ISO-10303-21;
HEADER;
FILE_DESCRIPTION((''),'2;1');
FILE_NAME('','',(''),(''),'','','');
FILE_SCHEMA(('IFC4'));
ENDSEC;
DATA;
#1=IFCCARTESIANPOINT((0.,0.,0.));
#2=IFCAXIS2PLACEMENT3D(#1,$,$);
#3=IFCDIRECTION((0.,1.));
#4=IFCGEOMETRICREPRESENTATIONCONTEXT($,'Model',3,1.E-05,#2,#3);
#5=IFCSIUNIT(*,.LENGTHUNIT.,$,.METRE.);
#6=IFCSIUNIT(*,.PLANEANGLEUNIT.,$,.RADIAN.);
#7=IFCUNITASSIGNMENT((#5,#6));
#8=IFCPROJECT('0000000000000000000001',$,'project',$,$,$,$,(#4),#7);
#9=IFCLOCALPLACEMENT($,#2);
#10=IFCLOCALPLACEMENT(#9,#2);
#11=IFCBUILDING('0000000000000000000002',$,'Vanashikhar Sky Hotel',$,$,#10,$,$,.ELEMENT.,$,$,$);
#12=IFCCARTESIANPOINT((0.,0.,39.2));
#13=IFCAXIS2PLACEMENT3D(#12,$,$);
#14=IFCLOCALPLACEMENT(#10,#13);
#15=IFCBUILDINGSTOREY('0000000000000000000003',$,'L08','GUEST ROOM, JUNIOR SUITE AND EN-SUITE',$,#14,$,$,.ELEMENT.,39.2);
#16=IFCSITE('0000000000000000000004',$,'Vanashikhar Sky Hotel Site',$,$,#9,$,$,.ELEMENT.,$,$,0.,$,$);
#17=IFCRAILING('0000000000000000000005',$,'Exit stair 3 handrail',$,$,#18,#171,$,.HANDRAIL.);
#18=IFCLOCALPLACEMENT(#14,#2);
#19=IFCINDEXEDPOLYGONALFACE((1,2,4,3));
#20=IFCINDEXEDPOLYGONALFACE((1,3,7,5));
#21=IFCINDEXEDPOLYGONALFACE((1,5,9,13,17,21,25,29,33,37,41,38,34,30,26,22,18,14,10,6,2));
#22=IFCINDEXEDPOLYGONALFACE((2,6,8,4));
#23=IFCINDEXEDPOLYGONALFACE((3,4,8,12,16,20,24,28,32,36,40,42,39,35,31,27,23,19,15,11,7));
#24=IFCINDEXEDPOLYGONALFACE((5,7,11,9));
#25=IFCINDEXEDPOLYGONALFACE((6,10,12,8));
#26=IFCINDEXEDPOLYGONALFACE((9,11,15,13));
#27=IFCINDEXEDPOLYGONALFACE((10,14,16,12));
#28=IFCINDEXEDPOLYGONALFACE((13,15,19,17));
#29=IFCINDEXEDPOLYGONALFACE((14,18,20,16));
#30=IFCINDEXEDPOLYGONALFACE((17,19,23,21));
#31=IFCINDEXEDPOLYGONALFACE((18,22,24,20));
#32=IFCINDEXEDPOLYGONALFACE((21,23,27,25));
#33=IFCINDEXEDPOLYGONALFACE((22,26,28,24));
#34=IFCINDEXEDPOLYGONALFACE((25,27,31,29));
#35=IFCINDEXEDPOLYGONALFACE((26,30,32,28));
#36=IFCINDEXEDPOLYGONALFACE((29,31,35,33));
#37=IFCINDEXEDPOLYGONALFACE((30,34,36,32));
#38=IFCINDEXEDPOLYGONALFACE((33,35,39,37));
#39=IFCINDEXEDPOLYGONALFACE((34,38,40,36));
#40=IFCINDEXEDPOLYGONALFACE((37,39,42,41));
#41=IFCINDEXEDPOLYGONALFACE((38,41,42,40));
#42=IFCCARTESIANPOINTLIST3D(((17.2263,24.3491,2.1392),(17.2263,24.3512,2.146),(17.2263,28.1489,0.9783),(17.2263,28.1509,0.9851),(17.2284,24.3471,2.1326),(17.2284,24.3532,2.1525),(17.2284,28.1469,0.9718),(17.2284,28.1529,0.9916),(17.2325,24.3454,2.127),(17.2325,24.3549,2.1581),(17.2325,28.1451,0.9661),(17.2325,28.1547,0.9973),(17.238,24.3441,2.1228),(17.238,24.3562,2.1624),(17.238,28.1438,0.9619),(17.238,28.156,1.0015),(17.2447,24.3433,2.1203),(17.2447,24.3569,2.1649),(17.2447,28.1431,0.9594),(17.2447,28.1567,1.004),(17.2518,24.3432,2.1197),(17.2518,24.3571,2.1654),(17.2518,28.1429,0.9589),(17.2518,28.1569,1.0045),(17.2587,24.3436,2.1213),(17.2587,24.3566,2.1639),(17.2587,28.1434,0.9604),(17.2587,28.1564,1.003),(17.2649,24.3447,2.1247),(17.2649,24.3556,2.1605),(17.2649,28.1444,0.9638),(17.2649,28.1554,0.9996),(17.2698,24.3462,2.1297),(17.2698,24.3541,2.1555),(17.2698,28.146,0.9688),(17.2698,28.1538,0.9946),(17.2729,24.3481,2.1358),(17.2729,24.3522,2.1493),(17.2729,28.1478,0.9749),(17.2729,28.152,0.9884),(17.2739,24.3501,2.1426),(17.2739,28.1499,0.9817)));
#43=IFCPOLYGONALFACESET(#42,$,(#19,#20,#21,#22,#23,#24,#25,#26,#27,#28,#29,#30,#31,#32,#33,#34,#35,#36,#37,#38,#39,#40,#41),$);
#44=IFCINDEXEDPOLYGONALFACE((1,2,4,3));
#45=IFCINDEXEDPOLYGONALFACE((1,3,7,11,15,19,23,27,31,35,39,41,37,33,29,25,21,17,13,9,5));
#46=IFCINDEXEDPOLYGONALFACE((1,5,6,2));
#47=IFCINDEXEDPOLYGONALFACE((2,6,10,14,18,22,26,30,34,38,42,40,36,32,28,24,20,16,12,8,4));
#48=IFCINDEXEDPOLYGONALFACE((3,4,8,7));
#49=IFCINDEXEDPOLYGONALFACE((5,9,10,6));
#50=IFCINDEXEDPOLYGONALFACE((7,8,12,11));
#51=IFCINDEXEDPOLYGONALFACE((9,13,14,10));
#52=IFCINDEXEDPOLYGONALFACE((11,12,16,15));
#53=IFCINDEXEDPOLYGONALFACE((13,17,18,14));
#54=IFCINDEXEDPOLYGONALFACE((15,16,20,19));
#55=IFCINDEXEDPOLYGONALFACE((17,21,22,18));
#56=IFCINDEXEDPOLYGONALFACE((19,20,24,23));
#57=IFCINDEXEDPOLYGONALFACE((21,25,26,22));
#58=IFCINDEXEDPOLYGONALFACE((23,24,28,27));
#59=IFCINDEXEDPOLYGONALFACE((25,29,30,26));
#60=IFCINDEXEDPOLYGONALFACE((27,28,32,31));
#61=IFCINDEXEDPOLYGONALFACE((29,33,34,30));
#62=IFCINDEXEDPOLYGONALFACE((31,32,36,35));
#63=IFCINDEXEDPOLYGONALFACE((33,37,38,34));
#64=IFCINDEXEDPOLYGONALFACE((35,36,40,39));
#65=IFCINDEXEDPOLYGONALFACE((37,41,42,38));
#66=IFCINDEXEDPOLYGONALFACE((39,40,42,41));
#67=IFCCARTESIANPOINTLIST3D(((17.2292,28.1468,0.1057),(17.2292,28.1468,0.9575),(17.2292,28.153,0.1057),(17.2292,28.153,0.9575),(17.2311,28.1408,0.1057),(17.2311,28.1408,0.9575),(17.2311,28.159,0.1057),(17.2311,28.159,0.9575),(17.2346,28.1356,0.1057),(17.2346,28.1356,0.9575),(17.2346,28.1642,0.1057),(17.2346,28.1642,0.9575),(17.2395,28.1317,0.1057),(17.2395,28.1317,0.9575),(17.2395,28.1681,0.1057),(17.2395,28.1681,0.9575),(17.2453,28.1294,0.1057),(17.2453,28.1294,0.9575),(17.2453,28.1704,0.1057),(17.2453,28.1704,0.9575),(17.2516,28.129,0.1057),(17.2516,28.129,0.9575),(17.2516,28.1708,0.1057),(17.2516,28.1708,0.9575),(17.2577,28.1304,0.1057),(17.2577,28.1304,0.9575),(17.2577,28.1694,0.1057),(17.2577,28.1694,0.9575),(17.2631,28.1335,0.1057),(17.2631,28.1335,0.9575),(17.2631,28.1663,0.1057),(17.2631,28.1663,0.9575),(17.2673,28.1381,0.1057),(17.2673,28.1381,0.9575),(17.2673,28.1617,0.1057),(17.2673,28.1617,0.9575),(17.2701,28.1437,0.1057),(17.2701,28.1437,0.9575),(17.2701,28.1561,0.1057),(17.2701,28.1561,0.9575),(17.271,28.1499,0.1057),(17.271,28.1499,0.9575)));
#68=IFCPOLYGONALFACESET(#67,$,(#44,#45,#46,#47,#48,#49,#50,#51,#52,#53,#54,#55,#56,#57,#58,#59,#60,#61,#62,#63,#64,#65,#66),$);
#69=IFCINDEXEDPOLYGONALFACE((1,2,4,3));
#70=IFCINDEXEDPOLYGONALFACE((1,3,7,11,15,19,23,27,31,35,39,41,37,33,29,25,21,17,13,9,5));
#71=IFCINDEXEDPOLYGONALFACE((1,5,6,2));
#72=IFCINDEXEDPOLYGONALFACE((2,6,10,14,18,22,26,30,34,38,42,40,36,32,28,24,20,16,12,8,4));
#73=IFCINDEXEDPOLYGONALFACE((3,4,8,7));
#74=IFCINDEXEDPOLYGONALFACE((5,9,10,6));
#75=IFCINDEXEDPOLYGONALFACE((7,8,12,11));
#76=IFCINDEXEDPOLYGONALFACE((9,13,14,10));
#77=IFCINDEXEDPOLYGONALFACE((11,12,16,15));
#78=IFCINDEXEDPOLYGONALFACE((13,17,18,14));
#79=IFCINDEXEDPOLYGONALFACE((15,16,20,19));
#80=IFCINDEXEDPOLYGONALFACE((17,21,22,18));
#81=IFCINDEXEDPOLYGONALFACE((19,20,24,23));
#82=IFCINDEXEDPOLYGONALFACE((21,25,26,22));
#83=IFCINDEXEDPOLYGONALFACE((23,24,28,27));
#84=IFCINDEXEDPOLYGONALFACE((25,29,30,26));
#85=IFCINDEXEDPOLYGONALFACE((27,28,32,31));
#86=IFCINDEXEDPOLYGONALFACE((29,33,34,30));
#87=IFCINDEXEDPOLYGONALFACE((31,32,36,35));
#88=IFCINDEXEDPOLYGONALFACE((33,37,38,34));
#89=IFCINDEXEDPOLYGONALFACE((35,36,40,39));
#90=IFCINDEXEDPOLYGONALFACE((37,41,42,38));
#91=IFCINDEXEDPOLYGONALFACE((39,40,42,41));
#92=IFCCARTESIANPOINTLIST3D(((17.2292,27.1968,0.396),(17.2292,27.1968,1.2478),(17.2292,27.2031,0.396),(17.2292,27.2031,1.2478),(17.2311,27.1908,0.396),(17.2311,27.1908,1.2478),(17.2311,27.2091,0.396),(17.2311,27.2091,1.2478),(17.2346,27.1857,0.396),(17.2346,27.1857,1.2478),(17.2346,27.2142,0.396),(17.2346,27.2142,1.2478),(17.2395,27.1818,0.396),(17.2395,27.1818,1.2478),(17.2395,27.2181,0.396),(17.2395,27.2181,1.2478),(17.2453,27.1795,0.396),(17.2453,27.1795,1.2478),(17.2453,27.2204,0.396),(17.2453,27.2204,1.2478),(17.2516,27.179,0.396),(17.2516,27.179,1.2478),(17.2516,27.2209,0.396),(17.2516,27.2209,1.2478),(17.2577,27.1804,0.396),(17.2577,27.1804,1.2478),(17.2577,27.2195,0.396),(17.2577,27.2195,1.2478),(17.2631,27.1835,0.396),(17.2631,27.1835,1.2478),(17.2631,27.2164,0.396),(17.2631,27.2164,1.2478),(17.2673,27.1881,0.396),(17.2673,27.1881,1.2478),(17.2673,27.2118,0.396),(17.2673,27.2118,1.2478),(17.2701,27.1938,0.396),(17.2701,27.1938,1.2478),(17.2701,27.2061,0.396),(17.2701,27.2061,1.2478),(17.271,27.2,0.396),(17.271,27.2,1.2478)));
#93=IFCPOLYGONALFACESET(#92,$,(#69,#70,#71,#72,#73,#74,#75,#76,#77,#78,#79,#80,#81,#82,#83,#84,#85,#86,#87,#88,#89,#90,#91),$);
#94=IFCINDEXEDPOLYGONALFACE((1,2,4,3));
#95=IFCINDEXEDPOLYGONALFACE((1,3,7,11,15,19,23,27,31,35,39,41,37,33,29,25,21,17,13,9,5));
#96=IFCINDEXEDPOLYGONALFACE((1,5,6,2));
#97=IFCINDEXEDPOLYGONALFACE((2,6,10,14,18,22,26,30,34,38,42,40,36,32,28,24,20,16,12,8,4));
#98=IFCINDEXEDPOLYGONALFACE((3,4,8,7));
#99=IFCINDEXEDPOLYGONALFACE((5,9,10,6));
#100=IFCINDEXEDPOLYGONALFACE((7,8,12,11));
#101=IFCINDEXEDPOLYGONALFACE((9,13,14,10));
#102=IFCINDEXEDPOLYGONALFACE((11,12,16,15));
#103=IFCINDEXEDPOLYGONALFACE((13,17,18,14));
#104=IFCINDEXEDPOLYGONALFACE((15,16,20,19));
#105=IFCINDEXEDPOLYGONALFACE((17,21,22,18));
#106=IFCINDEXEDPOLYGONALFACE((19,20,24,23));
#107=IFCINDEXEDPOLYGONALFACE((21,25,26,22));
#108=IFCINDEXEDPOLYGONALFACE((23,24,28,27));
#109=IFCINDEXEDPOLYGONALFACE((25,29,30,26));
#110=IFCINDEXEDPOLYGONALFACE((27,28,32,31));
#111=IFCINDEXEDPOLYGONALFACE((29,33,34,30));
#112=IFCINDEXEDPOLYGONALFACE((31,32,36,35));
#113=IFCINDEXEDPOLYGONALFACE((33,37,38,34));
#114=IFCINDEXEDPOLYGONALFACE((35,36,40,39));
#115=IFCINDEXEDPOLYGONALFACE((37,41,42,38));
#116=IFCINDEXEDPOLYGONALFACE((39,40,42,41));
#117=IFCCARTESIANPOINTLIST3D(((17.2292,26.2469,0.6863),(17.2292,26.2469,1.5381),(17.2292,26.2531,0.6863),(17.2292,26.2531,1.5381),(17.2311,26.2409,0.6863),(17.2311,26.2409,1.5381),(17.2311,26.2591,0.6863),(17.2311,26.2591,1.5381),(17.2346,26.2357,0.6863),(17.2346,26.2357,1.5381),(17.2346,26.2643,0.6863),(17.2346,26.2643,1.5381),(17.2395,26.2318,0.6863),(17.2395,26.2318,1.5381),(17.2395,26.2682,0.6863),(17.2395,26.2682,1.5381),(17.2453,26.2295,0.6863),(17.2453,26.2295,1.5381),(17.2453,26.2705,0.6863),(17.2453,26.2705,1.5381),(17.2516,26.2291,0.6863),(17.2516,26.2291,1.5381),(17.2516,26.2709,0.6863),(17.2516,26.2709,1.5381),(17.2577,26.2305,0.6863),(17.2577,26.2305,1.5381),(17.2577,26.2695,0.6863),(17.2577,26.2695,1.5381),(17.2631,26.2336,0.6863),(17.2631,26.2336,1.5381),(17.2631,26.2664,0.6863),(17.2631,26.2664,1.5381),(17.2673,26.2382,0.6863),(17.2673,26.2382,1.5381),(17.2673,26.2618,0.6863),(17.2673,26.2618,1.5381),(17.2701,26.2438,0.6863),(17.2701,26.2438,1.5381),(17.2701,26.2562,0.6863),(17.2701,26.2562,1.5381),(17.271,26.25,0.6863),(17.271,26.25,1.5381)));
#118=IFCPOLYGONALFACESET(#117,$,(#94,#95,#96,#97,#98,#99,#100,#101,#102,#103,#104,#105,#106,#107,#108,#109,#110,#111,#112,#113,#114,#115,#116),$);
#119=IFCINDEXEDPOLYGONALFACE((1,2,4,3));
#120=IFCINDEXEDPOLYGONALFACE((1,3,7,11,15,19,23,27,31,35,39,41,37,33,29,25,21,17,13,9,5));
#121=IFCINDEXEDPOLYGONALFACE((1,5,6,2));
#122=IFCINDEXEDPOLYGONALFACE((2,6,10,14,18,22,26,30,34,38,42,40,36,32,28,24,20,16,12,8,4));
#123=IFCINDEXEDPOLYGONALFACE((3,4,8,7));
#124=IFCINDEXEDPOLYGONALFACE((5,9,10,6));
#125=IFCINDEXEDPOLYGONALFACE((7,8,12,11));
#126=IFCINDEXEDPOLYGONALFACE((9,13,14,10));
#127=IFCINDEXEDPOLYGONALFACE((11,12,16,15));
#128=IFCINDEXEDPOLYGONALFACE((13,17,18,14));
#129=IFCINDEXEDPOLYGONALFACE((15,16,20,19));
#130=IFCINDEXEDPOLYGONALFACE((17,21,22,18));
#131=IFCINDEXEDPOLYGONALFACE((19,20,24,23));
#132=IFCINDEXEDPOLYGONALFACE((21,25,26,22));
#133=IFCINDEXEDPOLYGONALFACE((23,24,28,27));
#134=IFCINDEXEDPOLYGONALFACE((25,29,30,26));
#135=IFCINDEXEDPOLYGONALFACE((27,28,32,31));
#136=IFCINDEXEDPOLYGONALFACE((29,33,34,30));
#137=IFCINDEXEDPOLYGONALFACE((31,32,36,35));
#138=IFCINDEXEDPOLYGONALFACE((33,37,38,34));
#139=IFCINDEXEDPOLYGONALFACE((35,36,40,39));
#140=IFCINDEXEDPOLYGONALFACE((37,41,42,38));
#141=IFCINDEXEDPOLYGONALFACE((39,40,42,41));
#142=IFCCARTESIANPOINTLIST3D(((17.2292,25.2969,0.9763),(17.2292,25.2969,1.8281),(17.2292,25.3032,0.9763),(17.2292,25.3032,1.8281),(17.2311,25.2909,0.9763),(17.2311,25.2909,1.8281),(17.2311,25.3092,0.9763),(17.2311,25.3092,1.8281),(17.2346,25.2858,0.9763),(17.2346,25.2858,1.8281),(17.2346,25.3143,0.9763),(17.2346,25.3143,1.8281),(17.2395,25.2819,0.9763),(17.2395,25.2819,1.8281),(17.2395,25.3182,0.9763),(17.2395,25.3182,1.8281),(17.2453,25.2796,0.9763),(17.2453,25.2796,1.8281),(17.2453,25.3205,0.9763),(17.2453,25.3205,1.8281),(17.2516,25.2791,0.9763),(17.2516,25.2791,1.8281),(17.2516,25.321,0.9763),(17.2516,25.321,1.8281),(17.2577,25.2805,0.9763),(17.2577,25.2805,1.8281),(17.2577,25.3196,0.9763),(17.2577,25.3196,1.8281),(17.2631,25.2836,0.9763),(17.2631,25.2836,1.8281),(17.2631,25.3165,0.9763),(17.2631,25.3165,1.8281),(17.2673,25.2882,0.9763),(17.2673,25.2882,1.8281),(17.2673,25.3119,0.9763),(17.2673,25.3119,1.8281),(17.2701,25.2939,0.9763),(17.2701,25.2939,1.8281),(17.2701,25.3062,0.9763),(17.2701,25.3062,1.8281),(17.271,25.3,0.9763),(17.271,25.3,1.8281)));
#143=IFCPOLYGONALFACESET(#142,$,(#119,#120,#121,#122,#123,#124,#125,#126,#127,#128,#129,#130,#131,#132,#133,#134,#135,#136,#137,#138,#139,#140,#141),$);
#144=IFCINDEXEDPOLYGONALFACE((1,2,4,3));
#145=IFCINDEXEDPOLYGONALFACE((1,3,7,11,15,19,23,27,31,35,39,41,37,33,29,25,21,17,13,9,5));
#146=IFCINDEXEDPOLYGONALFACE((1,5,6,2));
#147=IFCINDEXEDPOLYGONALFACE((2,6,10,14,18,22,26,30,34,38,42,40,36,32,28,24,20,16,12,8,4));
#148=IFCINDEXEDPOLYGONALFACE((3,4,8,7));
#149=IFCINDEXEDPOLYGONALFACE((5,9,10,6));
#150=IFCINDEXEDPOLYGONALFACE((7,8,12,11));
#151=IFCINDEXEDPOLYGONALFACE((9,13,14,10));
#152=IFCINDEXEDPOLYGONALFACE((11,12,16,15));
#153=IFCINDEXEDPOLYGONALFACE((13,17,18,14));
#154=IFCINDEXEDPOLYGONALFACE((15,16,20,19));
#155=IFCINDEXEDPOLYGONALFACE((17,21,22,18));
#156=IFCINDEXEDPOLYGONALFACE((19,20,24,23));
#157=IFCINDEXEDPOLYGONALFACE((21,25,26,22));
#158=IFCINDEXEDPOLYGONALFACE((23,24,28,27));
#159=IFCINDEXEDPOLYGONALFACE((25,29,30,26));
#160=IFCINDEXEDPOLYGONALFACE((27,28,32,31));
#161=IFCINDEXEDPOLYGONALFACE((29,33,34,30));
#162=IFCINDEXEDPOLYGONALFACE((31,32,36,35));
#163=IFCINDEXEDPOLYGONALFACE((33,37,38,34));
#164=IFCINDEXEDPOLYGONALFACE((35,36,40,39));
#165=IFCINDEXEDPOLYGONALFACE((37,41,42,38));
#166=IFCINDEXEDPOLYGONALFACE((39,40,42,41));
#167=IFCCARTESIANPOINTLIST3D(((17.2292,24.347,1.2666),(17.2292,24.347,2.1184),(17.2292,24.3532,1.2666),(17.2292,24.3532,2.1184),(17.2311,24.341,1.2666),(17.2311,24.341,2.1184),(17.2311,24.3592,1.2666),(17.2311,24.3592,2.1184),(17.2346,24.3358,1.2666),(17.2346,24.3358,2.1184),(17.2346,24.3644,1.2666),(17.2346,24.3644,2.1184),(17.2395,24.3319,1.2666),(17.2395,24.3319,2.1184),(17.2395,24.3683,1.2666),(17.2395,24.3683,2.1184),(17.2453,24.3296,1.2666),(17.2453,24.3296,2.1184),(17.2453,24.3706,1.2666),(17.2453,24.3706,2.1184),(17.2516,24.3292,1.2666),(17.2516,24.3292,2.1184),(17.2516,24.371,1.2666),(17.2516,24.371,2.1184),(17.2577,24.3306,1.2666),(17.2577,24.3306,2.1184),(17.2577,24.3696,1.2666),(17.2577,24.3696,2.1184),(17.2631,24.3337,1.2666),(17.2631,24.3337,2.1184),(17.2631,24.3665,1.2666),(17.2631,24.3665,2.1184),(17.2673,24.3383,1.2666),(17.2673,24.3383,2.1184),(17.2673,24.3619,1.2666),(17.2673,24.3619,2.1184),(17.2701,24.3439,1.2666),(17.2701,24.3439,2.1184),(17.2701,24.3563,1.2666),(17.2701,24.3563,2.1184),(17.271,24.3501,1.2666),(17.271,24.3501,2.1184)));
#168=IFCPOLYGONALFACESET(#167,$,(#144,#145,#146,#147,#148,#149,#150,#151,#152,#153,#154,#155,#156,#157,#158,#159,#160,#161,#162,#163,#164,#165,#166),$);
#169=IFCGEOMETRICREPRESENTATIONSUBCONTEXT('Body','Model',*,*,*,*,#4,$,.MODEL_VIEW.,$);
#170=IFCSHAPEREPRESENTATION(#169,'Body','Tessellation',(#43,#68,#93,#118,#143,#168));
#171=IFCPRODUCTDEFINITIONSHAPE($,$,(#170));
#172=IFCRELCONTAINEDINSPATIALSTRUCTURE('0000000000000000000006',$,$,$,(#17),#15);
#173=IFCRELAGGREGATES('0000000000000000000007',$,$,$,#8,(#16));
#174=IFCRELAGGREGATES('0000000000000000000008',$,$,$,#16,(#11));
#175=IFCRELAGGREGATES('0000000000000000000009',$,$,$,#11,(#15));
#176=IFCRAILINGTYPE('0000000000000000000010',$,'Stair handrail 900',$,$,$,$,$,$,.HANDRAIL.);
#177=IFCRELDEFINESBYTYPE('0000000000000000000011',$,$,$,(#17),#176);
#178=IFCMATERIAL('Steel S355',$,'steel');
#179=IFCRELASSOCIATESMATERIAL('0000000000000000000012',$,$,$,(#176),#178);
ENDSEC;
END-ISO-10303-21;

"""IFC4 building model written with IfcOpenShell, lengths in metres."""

from ifc_helpers import new_model, si_unit, direction, frame, origin, origin_2d, place, context, subcontext, project, spatial, circle, extrude, source, transform, mapped, material, type_object, element, save


model = new_model("IFC4")

# Units and contexts
model_context = context("Model", 3, precision=1e-05, world=origin(), true_north=direction((0.0, 1.0)))
body_context = subcontext(model_context, "Body", "Model", "MODEL_VIEW")
ifc_project = project(units=[si_unit("LENGTHUNIT", "METRE"), si_unit("PLANEANGLEUNIT", "RADIAN")], contexts=[model_context])

# Site, building, storey
site_placement = place(None, origin())
site = spatial("IfcSite", under=ifc_project, at=site_placement, Name="Vanashikhar Sky Hotel Site", CompositionType="ELEMENT", RefElevation=0.0)
building_placement = place(site_placement, origin())
building = spatial("IfcBuilding", under=site, at=building_placement, Name="Vanashikhar Sky Hotel", CompositionType="ELEMENT")
storey_placement = place(building_placement, frame((0.0, 0.0, 39.2)))
storey = spatial("IfcBuildingStorey", under=building, at=storey_placement, Name="L08", Description="GUEST ROOM, JUNIOR SUITE AND EN-SUITE", CompositionType="ELEMENT", Elevation=39.2)

# Railing
ifc_material_1 = material(Name="Steel S355", Category="steel")
railing_type_1 = type_object("IfcRailingType", Name="Stair handrail 900", PredefinedType="HANDRAIL", material=ifc_material_1)
shared_shape_1 = source(origin(), body_context, "Body", "SweptSolid", [
    extrude(circle(Radius=0.0239, at=origin_2d()), frame((0.0, 0.0, 0.876), z_axis=(0.0, -0.956363, 0.292181), x_axis=(1.0, 0.0, 0.0)), (0.0, 0.0, 1.0), 3.9731),
    extrude(circle(Radius=0.021, at=origin_2d()), origin(), (0.0, 0.0, 1.0), 0.8518),
    extrude(circle(Radius=0.021, at=origin_2d()), frame((0.0, -0.95, 0.2903)), (0.0, 0.0, 1.0), 0.8518),
    extrude(circle(Radius=0.021, at=origin_2d()), frame((0.0, -1.8999, 0.5806)), (0.0, 0.0, 1.0), 0.8518),
    extrude(circle(Radius=0.021, at=origin_2d()), frame((0.0, -2.8499, 0.8706)), (0.0, 0.0, 1.0), 0.8518),
    extrude(circle(Radius=0.021, at=origin_2d()), frame((0.0, -3.7998, 1.1609)), (0.0, 0.0, 1.0), 0.8518),
])
railing_1_placement = place(storey_placement, frame((17.25, 28.1499, 0.1057)))
element("IfcRailing", 1, at=railing_1_placement, inside=storey, type_object=railing_type_1, Name="Exit stair 3 handrail", PredefinedType="HANDRAIL", context=body_context, shape_type="MappedRepresentation", body=[
    mapped(shared_shape_1, transform((0.0, 0.0, 0.0), scale=1.0)),
])

save(model, "model.ifc")
